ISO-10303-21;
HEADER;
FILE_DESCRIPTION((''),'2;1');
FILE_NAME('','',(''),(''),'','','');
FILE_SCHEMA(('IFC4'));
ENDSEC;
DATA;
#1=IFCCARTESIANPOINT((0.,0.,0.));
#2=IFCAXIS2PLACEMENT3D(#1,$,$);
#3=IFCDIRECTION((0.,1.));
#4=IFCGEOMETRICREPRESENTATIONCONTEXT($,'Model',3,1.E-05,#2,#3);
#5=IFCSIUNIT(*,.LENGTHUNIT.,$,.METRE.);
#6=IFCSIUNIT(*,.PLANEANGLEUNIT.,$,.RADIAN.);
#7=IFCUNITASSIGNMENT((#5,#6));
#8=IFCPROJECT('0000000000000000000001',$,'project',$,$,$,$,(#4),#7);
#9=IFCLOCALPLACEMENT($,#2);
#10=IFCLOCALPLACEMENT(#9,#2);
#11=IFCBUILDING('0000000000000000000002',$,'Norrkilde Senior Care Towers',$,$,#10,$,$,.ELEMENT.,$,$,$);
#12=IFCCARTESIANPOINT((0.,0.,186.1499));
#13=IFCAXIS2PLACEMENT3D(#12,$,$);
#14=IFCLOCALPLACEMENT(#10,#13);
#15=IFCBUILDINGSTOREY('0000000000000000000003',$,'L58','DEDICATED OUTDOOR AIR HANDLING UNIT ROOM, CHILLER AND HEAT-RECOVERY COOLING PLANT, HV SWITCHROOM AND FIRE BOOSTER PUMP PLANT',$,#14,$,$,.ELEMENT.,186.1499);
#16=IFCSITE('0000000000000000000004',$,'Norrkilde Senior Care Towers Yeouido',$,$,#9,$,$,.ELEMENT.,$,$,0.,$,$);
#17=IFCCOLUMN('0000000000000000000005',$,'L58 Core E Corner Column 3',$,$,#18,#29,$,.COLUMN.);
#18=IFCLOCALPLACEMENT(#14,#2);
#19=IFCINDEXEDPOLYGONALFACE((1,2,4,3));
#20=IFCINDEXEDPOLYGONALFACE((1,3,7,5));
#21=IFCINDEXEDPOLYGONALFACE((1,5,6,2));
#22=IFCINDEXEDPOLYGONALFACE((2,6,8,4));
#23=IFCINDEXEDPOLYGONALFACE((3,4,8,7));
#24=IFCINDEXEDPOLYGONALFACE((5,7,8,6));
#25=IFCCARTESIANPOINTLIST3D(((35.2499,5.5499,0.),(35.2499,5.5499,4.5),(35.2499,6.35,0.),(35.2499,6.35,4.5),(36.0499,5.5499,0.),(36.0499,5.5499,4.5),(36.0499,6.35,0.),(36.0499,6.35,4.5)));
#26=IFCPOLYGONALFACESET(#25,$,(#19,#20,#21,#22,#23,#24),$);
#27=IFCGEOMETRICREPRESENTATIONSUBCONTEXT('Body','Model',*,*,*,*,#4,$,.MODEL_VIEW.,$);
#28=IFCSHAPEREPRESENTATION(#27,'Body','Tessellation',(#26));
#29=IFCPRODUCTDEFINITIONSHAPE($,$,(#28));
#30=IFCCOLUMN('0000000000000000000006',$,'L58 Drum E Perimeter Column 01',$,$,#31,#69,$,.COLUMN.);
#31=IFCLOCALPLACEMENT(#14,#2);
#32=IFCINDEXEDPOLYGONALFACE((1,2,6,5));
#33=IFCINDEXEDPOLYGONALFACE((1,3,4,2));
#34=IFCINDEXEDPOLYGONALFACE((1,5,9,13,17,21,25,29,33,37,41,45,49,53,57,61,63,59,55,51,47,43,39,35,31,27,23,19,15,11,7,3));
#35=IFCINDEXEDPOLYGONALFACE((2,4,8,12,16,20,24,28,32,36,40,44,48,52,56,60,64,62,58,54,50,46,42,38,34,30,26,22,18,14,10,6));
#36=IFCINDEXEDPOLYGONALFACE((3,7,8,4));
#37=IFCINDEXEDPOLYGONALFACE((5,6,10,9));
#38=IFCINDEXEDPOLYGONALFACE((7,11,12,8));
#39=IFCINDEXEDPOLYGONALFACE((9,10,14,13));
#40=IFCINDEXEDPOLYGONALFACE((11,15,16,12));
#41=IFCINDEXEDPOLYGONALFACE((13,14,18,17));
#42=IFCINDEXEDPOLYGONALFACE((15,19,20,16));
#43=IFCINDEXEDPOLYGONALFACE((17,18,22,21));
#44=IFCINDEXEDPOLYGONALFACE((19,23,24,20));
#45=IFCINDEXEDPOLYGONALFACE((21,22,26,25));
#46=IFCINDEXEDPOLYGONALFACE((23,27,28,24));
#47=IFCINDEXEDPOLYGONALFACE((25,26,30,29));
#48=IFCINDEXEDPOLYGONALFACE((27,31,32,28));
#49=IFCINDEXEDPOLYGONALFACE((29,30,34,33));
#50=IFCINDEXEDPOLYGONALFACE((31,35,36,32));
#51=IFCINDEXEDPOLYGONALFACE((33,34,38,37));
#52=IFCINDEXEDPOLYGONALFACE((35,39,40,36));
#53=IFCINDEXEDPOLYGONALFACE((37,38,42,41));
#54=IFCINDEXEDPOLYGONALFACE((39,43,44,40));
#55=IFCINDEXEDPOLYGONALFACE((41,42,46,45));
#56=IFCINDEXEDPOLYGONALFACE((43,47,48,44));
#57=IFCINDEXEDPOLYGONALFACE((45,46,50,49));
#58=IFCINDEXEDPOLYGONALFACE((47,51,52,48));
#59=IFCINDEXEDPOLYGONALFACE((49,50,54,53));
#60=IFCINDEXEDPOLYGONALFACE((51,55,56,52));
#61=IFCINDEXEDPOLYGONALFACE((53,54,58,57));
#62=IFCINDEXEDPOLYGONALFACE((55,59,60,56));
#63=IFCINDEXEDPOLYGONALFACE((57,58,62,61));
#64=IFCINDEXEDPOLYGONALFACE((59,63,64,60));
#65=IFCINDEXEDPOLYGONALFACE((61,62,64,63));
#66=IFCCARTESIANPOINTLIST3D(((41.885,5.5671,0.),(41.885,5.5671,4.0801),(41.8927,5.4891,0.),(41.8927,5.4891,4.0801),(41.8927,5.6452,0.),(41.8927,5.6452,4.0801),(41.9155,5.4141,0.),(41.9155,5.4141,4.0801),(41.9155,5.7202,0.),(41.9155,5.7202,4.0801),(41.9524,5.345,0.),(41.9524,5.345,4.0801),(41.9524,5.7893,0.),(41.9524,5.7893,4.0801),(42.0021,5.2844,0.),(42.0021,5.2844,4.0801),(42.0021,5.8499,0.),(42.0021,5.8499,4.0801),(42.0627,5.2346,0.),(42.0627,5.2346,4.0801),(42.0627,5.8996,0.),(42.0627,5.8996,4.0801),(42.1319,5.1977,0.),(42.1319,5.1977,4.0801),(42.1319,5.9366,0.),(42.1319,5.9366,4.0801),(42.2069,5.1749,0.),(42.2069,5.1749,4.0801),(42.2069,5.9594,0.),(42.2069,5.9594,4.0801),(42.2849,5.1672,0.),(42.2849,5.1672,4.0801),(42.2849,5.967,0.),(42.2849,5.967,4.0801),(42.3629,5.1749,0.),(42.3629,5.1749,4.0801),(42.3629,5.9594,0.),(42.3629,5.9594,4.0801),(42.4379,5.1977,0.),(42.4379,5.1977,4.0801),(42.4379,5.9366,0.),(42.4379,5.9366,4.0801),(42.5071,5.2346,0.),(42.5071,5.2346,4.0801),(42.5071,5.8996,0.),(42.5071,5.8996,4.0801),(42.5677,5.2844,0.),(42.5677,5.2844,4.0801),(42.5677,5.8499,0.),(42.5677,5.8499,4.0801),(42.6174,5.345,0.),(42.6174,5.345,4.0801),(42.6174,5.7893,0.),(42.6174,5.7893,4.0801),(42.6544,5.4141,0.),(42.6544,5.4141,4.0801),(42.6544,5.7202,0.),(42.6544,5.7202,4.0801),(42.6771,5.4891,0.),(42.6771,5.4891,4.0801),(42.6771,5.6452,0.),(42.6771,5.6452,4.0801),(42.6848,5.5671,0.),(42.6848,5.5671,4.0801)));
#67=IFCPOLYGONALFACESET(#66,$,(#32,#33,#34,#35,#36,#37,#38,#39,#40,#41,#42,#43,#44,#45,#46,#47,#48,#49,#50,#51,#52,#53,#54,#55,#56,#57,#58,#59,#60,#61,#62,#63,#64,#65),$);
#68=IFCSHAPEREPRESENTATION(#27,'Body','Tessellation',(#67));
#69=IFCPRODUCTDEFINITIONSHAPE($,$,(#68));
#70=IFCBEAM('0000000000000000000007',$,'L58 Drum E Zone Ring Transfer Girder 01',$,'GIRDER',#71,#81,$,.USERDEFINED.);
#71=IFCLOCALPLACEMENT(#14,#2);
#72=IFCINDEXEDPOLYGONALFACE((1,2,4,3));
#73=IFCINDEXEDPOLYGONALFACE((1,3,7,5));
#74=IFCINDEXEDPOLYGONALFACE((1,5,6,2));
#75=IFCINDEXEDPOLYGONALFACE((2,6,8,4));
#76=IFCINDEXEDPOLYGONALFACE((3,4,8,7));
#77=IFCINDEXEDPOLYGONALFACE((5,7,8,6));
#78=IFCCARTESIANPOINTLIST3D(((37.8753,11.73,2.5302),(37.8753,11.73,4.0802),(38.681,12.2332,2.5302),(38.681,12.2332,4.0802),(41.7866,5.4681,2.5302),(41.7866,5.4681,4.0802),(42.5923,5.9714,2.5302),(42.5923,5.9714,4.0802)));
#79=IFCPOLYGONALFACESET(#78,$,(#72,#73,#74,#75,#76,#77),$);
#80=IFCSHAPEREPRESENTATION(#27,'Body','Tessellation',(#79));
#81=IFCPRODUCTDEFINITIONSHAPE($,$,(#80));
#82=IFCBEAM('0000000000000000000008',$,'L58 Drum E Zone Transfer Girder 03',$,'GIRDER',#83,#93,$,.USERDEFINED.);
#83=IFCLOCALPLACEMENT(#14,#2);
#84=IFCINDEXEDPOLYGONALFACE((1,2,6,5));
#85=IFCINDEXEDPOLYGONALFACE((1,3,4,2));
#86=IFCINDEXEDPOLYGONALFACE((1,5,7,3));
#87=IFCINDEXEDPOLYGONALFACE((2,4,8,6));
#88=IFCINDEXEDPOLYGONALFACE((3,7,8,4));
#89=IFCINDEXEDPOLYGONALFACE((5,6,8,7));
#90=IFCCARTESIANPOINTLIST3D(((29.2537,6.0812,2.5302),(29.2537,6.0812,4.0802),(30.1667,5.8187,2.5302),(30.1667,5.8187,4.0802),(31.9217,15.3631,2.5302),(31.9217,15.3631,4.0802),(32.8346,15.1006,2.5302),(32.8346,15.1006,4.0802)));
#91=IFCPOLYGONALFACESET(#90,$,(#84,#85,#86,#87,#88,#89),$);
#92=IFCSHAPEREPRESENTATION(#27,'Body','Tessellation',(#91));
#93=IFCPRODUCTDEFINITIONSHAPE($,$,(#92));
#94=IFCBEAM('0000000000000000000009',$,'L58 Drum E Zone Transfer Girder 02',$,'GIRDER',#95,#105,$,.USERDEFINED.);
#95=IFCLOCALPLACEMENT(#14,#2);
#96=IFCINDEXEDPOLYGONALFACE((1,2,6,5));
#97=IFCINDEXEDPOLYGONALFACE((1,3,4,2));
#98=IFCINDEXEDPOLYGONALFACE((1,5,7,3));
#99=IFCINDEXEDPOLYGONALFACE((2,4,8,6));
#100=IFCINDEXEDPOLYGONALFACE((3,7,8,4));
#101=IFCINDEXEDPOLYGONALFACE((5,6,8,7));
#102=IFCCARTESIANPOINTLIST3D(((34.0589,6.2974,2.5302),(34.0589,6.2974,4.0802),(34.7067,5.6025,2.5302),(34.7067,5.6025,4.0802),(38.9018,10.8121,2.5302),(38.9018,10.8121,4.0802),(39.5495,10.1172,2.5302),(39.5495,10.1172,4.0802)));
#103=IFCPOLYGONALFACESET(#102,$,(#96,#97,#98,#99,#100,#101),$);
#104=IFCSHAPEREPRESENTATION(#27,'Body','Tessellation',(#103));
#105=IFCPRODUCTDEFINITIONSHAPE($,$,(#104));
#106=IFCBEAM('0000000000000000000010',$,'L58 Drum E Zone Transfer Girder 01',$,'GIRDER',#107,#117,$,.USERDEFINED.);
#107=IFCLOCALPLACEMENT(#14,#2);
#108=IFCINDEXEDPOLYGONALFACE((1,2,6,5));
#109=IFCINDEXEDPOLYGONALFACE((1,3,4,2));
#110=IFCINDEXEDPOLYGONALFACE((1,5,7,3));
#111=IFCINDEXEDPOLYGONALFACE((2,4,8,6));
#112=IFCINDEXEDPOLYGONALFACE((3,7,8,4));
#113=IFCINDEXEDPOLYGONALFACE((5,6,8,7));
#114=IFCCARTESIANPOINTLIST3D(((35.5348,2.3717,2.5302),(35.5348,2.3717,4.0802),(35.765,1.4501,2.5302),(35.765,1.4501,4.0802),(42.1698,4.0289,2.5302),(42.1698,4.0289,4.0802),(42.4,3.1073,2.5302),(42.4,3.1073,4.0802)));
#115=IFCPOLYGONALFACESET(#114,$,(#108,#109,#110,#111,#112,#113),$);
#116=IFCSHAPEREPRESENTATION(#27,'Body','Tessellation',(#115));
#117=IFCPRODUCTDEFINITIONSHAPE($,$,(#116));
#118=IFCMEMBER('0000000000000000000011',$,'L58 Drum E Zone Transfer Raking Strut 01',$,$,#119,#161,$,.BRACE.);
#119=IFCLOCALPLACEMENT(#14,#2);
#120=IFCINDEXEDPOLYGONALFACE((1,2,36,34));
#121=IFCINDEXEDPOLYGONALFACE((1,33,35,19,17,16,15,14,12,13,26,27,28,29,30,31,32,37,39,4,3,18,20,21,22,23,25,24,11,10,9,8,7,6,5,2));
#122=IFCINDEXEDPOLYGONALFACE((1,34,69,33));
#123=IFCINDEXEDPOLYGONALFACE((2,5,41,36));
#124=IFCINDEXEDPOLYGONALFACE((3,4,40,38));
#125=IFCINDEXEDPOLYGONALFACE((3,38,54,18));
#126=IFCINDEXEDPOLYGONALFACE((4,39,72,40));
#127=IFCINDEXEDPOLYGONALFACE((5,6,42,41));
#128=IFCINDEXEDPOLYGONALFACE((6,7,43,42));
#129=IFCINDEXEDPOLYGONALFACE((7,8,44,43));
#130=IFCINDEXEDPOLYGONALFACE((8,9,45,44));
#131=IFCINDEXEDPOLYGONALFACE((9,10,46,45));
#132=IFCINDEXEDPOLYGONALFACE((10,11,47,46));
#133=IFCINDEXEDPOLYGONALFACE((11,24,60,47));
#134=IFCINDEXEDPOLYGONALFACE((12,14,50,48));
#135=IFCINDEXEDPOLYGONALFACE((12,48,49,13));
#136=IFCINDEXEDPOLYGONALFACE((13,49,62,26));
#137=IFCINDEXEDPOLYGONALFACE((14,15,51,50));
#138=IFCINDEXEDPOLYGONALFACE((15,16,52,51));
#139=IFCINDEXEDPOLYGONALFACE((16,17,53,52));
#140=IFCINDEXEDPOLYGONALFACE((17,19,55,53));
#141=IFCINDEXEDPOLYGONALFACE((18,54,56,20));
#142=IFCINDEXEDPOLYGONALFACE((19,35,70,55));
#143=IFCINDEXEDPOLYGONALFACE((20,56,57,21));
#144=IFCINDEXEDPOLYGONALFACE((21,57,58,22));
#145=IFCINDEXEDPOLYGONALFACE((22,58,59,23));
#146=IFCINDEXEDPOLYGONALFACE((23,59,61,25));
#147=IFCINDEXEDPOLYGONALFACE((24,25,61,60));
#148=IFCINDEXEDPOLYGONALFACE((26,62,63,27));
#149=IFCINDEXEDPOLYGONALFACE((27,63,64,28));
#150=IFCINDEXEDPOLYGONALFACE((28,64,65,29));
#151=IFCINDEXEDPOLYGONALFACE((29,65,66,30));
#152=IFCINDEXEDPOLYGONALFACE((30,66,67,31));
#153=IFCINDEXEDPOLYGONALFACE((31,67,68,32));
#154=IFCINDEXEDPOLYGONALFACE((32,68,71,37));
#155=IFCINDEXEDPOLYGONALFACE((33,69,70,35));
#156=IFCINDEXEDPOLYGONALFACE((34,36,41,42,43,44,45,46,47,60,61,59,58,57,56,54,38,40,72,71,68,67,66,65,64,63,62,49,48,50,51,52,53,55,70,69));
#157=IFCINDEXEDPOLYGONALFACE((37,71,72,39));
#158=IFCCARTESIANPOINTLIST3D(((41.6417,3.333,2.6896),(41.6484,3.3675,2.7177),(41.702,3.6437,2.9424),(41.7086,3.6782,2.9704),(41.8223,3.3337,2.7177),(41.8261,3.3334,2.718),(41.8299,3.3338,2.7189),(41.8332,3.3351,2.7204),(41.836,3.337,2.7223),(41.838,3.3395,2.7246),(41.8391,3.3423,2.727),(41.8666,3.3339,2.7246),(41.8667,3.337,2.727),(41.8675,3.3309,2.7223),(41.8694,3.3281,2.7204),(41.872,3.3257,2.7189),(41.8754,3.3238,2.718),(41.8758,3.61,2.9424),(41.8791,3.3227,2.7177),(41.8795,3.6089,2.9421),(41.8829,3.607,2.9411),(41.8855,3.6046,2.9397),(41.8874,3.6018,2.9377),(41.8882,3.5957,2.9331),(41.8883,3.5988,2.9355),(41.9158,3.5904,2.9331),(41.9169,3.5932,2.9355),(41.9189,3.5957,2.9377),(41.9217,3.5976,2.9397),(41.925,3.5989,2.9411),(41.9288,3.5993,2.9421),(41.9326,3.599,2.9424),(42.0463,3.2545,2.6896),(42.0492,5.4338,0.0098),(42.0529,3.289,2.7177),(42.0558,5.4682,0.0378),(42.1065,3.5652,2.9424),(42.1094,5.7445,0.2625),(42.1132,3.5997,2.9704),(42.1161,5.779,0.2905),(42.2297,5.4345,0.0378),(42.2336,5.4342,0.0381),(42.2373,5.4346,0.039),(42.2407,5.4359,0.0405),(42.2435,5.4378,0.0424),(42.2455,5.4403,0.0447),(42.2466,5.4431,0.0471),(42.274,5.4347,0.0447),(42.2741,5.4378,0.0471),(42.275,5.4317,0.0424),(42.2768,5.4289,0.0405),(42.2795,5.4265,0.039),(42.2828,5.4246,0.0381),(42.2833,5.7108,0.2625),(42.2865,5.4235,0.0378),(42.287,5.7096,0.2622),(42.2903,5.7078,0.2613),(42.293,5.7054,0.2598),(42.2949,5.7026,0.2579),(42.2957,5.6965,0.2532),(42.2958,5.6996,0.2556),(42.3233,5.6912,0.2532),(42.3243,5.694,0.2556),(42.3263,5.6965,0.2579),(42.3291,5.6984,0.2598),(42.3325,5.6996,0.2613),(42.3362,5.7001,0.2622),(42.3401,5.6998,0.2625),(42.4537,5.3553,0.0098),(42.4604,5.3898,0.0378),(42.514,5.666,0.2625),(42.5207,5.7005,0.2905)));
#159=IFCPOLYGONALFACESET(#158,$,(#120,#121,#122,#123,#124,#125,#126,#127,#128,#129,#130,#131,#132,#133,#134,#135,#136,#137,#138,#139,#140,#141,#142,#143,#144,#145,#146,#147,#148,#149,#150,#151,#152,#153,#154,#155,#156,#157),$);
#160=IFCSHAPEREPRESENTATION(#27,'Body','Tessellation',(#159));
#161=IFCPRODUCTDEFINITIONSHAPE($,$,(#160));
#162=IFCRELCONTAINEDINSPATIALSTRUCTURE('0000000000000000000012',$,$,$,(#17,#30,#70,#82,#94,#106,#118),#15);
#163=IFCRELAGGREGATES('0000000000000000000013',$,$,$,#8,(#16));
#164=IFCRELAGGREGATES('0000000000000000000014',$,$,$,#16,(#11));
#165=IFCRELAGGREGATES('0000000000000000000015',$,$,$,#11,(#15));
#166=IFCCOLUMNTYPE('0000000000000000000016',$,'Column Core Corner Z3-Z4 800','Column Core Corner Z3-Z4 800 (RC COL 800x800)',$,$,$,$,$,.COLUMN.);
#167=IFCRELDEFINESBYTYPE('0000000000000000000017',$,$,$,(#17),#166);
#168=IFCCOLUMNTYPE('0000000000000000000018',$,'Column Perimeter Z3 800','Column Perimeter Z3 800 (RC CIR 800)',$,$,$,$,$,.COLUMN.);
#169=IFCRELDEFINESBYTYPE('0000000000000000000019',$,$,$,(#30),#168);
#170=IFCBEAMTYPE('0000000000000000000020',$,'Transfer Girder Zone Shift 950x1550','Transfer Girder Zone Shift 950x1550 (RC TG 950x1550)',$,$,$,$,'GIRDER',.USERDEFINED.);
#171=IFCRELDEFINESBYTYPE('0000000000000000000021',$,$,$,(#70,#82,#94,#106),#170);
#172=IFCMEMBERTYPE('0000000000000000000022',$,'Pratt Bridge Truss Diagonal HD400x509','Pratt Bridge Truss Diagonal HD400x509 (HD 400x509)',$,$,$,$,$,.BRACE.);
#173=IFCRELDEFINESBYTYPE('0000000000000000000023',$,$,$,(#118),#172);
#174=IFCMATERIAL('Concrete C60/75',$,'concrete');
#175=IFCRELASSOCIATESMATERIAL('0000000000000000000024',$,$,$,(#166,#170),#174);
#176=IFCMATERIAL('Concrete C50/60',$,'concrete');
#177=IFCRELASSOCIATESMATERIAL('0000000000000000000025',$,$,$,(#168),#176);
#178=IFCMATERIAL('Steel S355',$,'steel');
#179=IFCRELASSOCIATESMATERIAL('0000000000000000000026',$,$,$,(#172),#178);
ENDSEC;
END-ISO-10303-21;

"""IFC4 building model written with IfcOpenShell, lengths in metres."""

from ifc_helpers import new_model, si_unit, direction, frame, origin, origin_2d, place, context, subcontext, project, spatial, rectangle, circle, i_section, extrude, source, transform, mapped, material, material_profile, profile_set, type_object, type_shapes, element, save


model = new_model("IFC4")

# Units and contexts
model_context = context("Model", 3, precision=1e-05, world=origin(), true_north=direction((0.0, 1.0)))
body_context = subcontext(model_context, "Body", "Model", "MODEL_VIEW")
ifc_project = project(units=[si_unit("LENGTHUNIT", "METRE"), si_unit("PLANEANGLEUNIT", "RADIAN")], contexts=[model_context])

# Site, building, storey
site_placement = place(None, origin())
site = spatial("IfcSite", under=ifc_project, at=site_placement, Name="Norrkilde Senior Care Towers Yeouido", CompositionType="ELEMENT", RefElevation=0.0)
building_placement = place(site_placement, origin())
building = spatial("IfcBuilding", under=site, at=building_placement, Name="Norrkilde Senior Care Towers", CompositionType="ELEMENT")
storey_placement = place(building_placement, frame((0.0, 0.0, 186.1499)))
storey = spatial("IfcBuildingStorey", under=building, at=storey_placement, Name="L58", Description="DEDICATED OUTDOOR AIR HANDLING UNIT ROOM, CHILLER AND HEAT-RECOVERY COOLING PLANT, HV SWITCHROOM AND FIRE BOOSTER PUMP PLANT", CompositionType="ELEMENT", Elevation=186.1499)

# Columns
ifc_material_1 = material(Name="Concrete C60/75", Category="concrete")
ifc_material_profile_1 = material_profile(ifc_material_1, rectangle(XDim=0.8, YDim=0.8, at=origin_2d()), Name="RC COL 800x800")
ifc_profile_set_1 = profile_set([ifc_material_profile_1], Name="Concrete C60/75")
column_type_1 = type_object("IfcColumnType", Name="Column Core Corner Z3-Z4 800", Description="Column Core Corner Z3-Z4 800 (RC COL 800x800)", PredefinedType="COLUMN", material=ifc_profile_set_1)
shared_shape_1 = source(origin(), body_context, "Body", "SweptSolid", [
    extrude(rectangle(XDim=0.8, YDim=0.8, at=origin_2d()), origin(), (0.0, 0.0, 1.0), 4.5),
])
type_shapes(column_type_1, [shared_shape_1])
column_1_placement = place(storey_placement, frame((35.6499, 5.95, 0.0), z_axis=(0.0, 0.0, 1.0), x_axis=(1.0, 0.0, 0.0)))
element("IfcColumn", 1, at=column_1_placement, inside=storey, type_object=column_type_1, Name="L58 Core E Corner Column 3", PredefinedType="COLUMN", context=body_context, shape_type="MappedRepresentation", body=[
    mapped(shared_shape_1, transform((0.0, 0.0, 0.0), x_axis=(1.0, 0.0, 0.0), y_axis=(0.0, 1.0, 0.0), z_axis=(0.0, 0.0, 1.0), scale=1.0)),
])
ifc_material_2 = material(Name="Concrete C50/60", Category="concrete")
ifc_material_profile_2 = material_profile(ifc_material_2, circle(Radius=0.3999, at=origin_2d()), Name="RC CIR 800")
ifc_profile_set_2 = profile_set([ifc_material_profile_2], Name="Concrete C50/60")
column_type_2 = type_object("IfcColumnType", Name="Column Perimeter Z3 800", Description="Column Perimeter Z3 800 (RC CIR 800)", PredefinedType="COLUMN", material=ifc_profile_set_2)
shared_shape_2 = source(origin(), body_context, "Body", "SweptSolid", [
    extrude(circle(Radius=0.3999, at=origin_2d()), origin(), (0.0, 0.0, 1.0), 4.0801),
])
type_shapes(column_type_2, [shared_shape_2])
column_2_placement = place(storey_placement, frame((42.2849, 5.5671, 0.0), z_axis=(0.0, 0.0, 1.0), x_axis=(1.0, 0.0, 0.0)))
element("IfcColumn", 2, at=column_2_placement, inside=storey, type_object=column_type_2, Name="L58 Drum E Perimeter Column 01", PredefinedType="COLUMN", context=body_context, shape_type="MappedRepresentation", body=[
    mapped(shared_shape_2, transform((0.0, 0.0, 0.0), x_axis=(1.0, 0.0, 0.0), y_axis=(0.0, 1.0, 0.0), z_axis=(0.0, 0.0, 1.0), scale=1.0)),
])

# Beams
ifc_material_profile_3 = material_profile(ifc_material_1, rectangle(XDim=0.95, YDim=1.55, at=origin_2d()), Name="RC TG 950x1550")
ifc_profile_set_3 = profile_set([ifc_material_profile_3], Name="Concrete C60/75")
beam_type = type_object("IfcBeamType", Name="Transfer Girder Zone Shift 950x1550", Description="Transfer Girder Zone Shift 950x1550 (RC TG 950x1550)", ElementType="GIRDER", PredefinedType="USERDEFINED", material=ifc_profile_set_3)
shared_shape_3 = source(origin(), body_context, "Body", "SweptSolid", [
    extrude(rectangle(XDim=0.95, YDim=1.55, at=origin_2d()), origin(), (0.0, 0.0, 1.0), 7.3831),
])
beam_1_placement = place(storey_placement, frame((42.1895, 5.7197, 3.3052), z_axis=(-0.52977, 0.848141, 0.0), x_axis=(-0.848141, -0.52977, 0.0)))
element("IfcBeam", 3, at=beam_1_placement, inside=storey, type_object=beam_type, Name="L58 Drum E Zone Ring Transfer Girder 01", ObjectType="GIRDER", PredefinedType="USERDEFINED", context=body_context, shape_type="MappedRepresentation", body=[
    mapped(shared_shape_3, transform((0.0, 0.0, 0.0), x_axis=(1.0, 0.0, 0.0), y_axis=(0.0, 1.0, 0.0), z_axis=(0.0, 0.0, 1.0), scale=1.0)),
])
shared_shape_4 = source(origin(), body_context, "Body", "SweptSolid", [
    extrude(rectangle(XDim=0.95, YDim=1.55, at=origin_2d()), origin(), (0.0, 0.0, 1.0), 9.6577),
])
beam_2_placement = place(storey_placement, frame((29.7102, 5.95, 3.3052), z_axis=(0.27625, 0.961086, 0.0), x_axis=(-0.961086, 0.27625, 0.0)))
element("IfcBeam", 4, at=beam_2_placement, inside=storey, type_object=beam_type, Name="L58 Drum E Zone Transfer Girder 03", ObjectType="GIRDER", PredefinedType="USERDEFINED", context=body_context, shape_type="MappedRepresentation", body=[
    mapped(shared_shape_4, transform((0.0, 0.0, 0.0), x_axis=(1.0, 0.0, 0.0), y_axis=(0.0, 1.0, 0.0), z_axis=(0.0, 0.0, 1.0), scale=1.0)),
])
shared_shape_5 = source(origin(), body_context, "Body", "SweptSolid", [
    extrude(rectangle(XDim=0.95, YDim=1.55, at=origin_2d()), origin(), (0.0, 0.0, 1.0), 6.6208),
])
beam_3_placement = place(storey_placement, frame((34.3828, 5.95, 3.3052), z_axis=(0.731452, 0.681892, 0.0), x_axis=(-0.681892, 0.731452, 0.0)))
element("IfcBeam", 5, at=beam_3_placement, inside=storey, type_object=beam_type, Name="L58 Drum E Zone Transfer Girder 02", ObjectType="GIRDER", PredefinedType="USERDEFINED", context=body_context, shape_type="MappedRepresentation", body=[
    mapped(shared_shape_5, transform((0.0, 0.0, 0.0), x_axis=(1.0, 0.0, 0.0), y_axis=(0.0, 1.0, 0.0), z_axis=(0.0, 0.0, 1.0), scale=1.0)),
])
shared_shape_6 = source(origin(), body_context, "Body", "SweptSolid", [
    extrude(rectangle(XDim=0.95, YDim=1.55, at=origin_2d()), origin(), (0.0, 0.0, 1.0), 6.8389),
])
type_shapes(beam_type, [shared_shape_3, shared_shape_4, shared_shape_5, shared_shape_6])
beam_4_placement = place(storey_placement, frame((35.6499, 1.9109, 3.3052), z_axis=(0.970195, 0.242326, 0.0), x_axis=(-0.242326, 0.970195, 0.0)))
element("IfcBeam", 6, at=beam_4_placement, inside=storey, type_object=beam_type, Name="L58 Drum E Zone Transfer Girder 01", ObjectType="GIRDER", PredefinedType="USERDEFINED", context=body_context, shape_type="MappedRepresentation", body=[
    mapped(shared_shape_6, transform((0.0, 0.0, 0.0), x_axis=(1.0, 0.0, 0.0), y_axis=(0.0, 1.0, 0.0), z_axis=(0.0, 0.0, 1.0), scale=1.0)),
])

# Member
ifc_material_3 = material(Name="Steel S355", Category="steel")
ifc_material_profile_4 = material_profile(ifc_material_3, i_section(OverallWidth=0.4121, OverallDepth=0.45, WebThickness=0.0281, FlangeThickness=0.0449, FilletRadius=0.0149, at=origin_2d()), Name="HD 400x509")
ifc_profile_set_4 = profile_set([ifc_material_profile_4], Name="Steel S355")
member_type_1 = type_object("IfcMemberType", Name="Pratt Bridge Truss Diagonal HD400x509", Description="Pratt Bridge Truss Diagonal HD400x509 (HD 400x509)", PredefinedType="BRACE", material=ifc_profile_set_4)
shared_shape_7 = source(origin(), body_context, "Body", "SweptSolid", [
    extrude(i_section(OverallWidth=0.4121, OverallDepth=0.45, WebThickness=0.0281, FlangeThickness=0.0449, FilletRadius=0.0149, at=origin_2d()), origin(), (0.0, 0.0, 1.0), 3.4294),
])
type_shapes(member_type_1, [shared_shape_7])
member_1_placement = place(storey_placement, frame((42.2849, 5.5671, 0.1501), z_axis=(-0.118813, -0.612574, 0.781432), x_axis=(0.981705, -0.190409, 0.0)))
element("IfcMember", 7, at=member_1_placement, inside=storey, type_object=member_type_1, Name="L58 Drum E Zone Transfer Raking Strut 01", PredefinedType="BRACE", context=body_context, shape_type="MappedRepresentation", body=[
    mapped(shared_shape_7, transform((0.0, 0.0, 0.0), x_axis=(1.0, 0.0, 0.0), y_axis=(0.0, 1.0, 0.0), z_axis=(0.0, 0.0, 1.0), scale=1.0)),
])

save(model, "model.ifc")
